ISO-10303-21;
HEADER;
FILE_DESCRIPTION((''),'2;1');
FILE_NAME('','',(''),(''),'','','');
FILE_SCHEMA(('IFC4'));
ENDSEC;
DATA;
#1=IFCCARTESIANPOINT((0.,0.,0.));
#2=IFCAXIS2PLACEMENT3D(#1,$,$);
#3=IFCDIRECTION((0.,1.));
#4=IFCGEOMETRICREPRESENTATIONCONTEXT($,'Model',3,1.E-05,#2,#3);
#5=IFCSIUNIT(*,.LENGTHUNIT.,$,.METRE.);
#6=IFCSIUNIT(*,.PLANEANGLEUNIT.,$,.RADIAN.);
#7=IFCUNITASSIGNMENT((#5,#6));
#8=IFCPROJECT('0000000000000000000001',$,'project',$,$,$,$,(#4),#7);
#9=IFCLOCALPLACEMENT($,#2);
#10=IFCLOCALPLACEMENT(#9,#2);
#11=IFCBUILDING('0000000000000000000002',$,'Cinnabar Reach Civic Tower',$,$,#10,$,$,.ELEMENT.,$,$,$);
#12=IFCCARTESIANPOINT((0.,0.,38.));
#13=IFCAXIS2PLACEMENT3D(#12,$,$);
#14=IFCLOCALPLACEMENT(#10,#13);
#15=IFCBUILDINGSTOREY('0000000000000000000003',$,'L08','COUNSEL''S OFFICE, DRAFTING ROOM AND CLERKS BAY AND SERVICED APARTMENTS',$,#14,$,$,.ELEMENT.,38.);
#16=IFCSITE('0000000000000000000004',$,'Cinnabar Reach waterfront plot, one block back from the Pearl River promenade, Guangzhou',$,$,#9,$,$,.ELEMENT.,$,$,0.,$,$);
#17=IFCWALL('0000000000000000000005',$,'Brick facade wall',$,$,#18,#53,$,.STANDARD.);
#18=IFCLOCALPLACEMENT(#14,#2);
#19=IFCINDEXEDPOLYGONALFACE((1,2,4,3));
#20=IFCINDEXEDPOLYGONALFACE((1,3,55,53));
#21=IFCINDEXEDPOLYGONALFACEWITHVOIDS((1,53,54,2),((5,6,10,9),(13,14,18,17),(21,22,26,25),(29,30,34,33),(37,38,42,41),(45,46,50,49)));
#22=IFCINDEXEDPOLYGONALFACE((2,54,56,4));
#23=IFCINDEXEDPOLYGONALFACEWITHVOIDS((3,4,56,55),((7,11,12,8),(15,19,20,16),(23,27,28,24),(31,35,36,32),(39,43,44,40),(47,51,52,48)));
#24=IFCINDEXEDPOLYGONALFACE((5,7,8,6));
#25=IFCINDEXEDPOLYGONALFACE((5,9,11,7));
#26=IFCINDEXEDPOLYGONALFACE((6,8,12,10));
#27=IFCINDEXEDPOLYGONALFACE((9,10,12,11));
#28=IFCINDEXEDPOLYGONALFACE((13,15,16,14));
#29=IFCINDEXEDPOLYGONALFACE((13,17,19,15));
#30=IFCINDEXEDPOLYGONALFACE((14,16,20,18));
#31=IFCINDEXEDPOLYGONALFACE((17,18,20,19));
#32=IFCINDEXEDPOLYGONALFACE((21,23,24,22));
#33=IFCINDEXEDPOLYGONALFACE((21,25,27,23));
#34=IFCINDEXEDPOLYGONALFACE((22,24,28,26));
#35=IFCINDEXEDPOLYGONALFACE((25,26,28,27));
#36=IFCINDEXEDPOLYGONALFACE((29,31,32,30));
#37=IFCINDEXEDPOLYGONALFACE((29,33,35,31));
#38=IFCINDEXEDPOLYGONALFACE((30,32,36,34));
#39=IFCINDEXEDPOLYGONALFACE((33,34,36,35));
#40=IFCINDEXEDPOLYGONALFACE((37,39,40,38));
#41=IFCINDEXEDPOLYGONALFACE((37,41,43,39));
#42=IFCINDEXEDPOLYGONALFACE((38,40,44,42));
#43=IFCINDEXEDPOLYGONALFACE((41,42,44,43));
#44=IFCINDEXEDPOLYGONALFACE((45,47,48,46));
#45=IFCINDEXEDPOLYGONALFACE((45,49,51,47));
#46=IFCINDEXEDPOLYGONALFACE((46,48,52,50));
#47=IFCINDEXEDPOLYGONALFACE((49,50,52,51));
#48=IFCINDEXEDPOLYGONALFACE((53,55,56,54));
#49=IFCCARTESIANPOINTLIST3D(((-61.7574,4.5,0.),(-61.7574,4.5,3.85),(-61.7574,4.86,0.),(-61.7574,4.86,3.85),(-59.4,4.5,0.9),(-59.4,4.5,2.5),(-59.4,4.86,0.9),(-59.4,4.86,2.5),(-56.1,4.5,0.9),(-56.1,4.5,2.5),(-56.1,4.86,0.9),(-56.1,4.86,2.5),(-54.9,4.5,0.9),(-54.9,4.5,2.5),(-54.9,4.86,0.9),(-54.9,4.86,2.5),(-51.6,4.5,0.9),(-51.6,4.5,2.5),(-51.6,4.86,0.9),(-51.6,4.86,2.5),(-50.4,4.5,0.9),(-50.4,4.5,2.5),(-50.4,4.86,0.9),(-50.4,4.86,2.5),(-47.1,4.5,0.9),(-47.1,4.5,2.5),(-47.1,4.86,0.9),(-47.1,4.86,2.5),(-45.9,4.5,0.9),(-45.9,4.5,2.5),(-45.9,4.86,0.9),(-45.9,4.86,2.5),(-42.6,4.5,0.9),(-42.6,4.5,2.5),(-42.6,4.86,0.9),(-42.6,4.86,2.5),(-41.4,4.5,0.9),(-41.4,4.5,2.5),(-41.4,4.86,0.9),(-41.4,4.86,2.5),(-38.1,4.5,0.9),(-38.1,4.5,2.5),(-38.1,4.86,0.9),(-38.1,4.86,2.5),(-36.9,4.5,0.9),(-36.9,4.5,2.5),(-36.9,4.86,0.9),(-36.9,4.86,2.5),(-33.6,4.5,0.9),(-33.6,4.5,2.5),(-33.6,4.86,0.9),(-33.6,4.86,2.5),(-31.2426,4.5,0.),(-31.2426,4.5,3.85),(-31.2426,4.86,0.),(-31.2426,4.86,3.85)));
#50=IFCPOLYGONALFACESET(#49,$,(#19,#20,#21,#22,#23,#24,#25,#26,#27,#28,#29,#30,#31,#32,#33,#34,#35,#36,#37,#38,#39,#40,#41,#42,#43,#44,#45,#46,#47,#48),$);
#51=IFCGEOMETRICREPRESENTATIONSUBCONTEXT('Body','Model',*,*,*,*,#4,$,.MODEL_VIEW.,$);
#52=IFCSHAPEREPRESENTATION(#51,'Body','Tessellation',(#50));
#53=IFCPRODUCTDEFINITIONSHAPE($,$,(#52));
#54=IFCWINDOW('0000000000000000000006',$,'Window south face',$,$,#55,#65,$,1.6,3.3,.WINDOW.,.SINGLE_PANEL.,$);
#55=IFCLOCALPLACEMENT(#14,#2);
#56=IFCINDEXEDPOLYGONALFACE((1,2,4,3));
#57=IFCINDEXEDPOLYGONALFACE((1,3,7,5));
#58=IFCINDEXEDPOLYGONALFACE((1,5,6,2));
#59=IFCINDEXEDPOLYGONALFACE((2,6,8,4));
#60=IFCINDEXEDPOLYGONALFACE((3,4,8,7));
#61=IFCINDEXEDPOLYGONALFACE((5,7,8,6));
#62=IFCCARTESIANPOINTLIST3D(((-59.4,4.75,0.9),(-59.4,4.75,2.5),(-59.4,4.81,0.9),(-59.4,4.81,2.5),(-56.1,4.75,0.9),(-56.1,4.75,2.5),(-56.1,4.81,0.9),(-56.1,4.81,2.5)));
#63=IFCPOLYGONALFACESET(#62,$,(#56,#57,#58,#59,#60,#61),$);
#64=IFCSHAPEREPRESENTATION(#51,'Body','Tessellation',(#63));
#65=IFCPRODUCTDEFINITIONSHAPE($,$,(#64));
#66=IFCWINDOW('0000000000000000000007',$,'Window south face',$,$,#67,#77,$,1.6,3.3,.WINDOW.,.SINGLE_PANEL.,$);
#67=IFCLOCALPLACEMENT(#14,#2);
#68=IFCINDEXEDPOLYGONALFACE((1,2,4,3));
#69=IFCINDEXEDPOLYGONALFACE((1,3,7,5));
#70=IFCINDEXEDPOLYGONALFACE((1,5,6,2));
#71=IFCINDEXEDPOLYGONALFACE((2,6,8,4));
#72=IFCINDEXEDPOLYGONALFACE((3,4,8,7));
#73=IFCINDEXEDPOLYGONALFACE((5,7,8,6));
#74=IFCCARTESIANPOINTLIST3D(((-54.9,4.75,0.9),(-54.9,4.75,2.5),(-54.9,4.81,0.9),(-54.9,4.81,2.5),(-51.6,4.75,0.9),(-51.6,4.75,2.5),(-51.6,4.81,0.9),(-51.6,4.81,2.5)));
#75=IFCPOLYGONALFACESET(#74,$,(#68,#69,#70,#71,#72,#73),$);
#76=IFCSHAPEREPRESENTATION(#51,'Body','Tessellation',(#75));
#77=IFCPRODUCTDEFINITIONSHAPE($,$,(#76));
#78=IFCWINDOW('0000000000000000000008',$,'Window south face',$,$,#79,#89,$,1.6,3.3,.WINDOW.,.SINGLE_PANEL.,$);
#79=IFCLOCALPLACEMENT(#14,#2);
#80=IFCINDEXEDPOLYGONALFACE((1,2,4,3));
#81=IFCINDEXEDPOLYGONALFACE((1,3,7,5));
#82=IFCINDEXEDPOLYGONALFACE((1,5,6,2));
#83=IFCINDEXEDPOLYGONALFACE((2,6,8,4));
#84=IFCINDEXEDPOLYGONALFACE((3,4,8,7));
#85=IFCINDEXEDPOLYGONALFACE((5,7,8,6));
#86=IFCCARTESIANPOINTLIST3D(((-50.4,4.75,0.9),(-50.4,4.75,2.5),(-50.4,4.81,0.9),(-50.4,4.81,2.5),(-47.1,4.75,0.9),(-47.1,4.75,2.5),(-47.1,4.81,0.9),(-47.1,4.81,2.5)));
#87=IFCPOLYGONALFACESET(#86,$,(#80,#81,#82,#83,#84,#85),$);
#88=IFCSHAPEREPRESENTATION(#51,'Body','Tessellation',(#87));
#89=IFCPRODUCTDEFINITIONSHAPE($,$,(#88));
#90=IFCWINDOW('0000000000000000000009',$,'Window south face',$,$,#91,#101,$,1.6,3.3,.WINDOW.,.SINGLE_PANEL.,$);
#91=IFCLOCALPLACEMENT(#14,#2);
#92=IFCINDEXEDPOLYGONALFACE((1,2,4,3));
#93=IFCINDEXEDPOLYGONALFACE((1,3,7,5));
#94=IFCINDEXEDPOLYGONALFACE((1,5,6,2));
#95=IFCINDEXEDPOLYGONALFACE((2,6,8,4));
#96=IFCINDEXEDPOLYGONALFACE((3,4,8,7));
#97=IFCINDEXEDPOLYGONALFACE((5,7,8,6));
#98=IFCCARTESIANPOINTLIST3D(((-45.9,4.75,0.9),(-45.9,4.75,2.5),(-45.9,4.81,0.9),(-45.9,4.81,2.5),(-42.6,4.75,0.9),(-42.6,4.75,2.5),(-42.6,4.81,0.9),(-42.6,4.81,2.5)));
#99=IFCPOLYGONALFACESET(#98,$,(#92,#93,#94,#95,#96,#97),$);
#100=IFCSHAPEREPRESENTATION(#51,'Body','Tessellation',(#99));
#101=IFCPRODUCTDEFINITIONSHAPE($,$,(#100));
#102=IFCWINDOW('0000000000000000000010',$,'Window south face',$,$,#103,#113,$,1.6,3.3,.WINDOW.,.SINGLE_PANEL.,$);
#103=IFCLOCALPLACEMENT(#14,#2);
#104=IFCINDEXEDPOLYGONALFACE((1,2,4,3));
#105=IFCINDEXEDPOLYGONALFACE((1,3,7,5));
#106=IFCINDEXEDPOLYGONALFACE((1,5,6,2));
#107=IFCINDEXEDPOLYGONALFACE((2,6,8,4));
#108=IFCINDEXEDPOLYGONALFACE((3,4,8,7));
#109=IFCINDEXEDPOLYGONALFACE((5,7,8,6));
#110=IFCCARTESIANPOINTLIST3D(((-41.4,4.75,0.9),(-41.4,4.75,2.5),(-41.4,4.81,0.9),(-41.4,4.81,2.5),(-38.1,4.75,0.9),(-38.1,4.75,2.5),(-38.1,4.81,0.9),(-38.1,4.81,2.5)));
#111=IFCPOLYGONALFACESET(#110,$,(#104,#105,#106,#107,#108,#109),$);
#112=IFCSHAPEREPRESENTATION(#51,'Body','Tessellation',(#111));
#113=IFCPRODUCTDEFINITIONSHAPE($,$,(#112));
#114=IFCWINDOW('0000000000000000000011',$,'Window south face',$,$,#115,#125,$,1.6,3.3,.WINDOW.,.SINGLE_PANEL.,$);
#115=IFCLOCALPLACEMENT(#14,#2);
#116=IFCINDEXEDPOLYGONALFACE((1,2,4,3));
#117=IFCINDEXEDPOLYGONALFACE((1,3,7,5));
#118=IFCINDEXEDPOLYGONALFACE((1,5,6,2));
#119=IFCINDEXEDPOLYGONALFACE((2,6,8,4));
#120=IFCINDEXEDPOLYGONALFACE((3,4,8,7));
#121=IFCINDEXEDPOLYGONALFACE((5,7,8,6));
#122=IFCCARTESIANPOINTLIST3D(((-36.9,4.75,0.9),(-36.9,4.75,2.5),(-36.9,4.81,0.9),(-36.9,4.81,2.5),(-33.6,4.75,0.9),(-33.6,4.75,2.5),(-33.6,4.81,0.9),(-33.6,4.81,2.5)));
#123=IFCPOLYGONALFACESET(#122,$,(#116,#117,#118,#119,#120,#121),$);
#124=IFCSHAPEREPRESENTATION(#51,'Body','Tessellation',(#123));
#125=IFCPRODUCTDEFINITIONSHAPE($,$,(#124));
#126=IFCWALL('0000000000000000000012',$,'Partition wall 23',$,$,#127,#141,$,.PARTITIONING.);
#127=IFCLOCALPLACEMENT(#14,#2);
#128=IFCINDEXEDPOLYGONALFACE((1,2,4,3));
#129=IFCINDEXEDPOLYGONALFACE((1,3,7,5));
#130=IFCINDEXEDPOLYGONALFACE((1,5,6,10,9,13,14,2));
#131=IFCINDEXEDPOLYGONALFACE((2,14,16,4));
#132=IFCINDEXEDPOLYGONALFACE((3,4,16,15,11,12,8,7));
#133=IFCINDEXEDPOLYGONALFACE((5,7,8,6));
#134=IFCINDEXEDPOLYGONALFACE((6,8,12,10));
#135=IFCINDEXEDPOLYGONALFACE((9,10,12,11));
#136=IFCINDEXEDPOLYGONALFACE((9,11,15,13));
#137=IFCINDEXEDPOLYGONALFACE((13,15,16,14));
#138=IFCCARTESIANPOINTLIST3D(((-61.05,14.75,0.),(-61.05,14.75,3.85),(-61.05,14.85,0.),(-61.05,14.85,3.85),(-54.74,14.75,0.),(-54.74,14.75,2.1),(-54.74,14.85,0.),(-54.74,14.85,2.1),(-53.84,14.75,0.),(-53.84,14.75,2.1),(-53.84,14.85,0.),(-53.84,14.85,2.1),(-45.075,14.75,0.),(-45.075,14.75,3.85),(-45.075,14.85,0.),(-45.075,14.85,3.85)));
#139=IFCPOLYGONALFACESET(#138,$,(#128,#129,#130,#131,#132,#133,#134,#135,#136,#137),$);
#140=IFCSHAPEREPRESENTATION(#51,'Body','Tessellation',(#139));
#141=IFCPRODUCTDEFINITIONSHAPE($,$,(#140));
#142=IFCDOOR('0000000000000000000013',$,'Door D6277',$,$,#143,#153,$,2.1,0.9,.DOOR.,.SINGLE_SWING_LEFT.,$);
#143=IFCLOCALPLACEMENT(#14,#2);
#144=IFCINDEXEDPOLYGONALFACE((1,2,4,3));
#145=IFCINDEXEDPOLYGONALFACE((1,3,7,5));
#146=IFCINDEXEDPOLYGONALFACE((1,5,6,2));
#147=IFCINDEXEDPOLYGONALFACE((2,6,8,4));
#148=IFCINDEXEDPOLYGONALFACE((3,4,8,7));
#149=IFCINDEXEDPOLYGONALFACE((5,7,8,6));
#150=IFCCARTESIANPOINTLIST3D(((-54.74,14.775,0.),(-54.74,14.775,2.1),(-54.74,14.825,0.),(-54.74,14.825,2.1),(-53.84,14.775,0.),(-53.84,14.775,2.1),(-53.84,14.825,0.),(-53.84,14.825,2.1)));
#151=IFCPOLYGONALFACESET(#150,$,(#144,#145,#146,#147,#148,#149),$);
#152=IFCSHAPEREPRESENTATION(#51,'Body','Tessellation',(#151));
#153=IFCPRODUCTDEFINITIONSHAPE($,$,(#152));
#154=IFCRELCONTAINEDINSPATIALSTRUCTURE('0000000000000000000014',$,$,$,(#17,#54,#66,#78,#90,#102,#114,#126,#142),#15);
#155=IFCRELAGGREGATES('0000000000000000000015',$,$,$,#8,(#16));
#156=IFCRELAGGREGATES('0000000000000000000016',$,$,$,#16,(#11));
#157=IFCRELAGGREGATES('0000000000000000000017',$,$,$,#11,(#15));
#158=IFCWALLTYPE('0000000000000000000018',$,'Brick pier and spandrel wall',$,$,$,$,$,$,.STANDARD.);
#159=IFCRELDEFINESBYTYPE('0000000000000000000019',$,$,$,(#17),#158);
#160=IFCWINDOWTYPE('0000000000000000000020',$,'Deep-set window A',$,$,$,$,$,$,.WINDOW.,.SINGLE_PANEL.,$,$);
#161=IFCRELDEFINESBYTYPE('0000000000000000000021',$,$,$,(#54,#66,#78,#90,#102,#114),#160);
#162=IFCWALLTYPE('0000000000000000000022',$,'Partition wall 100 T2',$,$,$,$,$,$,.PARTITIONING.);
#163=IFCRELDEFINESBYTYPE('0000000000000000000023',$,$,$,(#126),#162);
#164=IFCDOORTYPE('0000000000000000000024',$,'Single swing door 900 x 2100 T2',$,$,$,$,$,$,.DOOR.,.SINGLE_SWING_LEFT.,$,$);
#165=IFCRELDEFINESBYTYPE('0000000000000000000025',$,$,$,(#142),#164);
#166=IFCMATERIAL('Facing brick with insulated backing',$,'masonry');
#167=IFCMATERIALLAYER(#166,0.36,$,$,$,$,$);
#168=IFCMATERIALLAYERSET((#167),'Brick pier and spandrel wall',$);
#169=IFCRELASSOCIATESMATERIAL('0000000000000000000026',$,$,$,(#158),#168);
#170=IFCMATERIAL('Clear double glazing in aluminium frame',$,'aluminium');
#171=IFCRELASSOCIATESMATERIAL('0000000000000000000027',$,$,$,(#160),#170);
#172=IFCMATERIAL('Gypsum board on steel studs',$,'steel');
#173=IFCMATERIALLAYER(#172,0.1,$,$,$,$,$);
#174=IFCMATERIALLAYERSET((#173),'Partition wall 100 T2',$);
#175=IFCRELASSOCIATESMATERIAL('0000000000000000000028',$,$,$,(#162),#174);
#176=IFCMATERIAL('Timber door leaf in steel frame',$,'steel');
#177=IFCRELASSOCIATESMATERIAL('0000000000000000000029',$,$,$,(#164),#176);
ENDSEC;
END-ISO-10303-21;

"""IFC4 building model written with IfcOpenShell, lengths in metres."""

from ifc_helpers import new_model, si_unit, direction, frame, frame_2d, origin, place, context, subcontext, project, spatial, rectangle, extrude, material, layer, layer_set, type_object, element, fill, save


model = new_model("IFC4")

# Units and contexts
model_context = context("Model", 3, precision=1e-05, world=origin(), true_north=direction((0.0, 1.0)))
body_context = subcontext(model_context, "Body", "Model", "MODEL_VIEW")
ifc_project = project(units=[si_unit("LENGTHUNIT", "METRE"), si_unit("PLANEANGLEUNIT", "RADIAN")], contexts=[model_context])

# Site, building, storey
site_placement = place(None, origin())
site = spatial("IfcSite", under=ifc_project, at=site_placement, Name="Cinnabar Reach waterfront plot, one block back from the Pearl River promenade, Guangzhou", CompositionType="ELEMENT", RefElevation=0.0)
building_placement = place(site_placement, origin())
building = spatial("IfcBuilding", under=site, at=building_placement, Name="Cinnabar Reach Civic Tower", CompositionType="ELEMENT")
storey_placement = place(building_placement, frame((0.0, 0.0, 38.0)))
storey = spatial("IfcBuildingStorey", under=building, at=storey_placement, Name="L08", Description="COUNSEL'S OFFICE, DRAFTING ROOM AND CLERKS BAY AND SERVICED APARTMENTS", CompositionType="ELEMENT", Elevation=38.0)

# Wall, openings, windows
ifc_material_1 = material(Name="Facing brick with insulated backing", Category="masonry")
ifc_layer_1 = layer(ifc_material_1, 0.36)
ifc_layer_set_1 = layer_set([ifc_layer_1], Name="Brick pier and spandrel wall")
wall_type_1 = type_object("IfcWallType", Name="Brick pier and spandrel wall", PredefinedType="STANDARD", material=ifc_layer_set_1)
wall_1_placement = place(storey_placement, frame((-61.7574, 4.68, 0.0), z_axis=(0.0, 0.0, 1.0), x_axis=(1.0, 0.0, 0.0)))
wall_1 = element("IfcWall", 1, at=wall_1_placement, inside=storey, type_object=wall_type_1, Name="Brick facade wall", PredefinedType="STANDARD", context=body_context, shape_type="SweptSolid", body=[
    extrude(rectangle(XDim=30.5148, YDim=0.36, at=frame_2d((15.2574, 0.0))), origin(), (0.0, 0.0, 1.0), 3.85),
])
opening_1_placement = place(wall_1_placement, frame((2.3574, 0.0, 0.9)))
opening_1 = element("IfcOpeningElement", 2, at=opening_1_placement, cuts=wall_1, PredefinedType="OPENING", context=body_context, shape_type="SweptSolid", body=[
    extrude(rectangle(XDim=3.3, YDim=1.6, at=frame_2d((1.65, 0.8))), frame((0.0, 0.19, 0.0), z_axis=(0.0, -1.0, 0.0), x_axis=(1.0, 0.0, 0.0)), (0.0, 0.0, 1.0), 0.38),
])
opening_2_placement = place(wall_1_placement, frame((6.8574, 0.0, 0.9)))
opening_2 = element("IfcOpeningElement", 3, at=opening_2_placement, cuts=wall_1, PredefinedType="OPENING", context=body_context, shape_type="SweptSolid", body=[
    extrude(rectangle(XDim=3.3, YDim=1.6, at=frame_2d((1.65, 0.8))), frame((0.0, 0.19, 0.0), z_axis=(0.0, -1.0, 0.0), x_axis=(1.0, 0.0, 0.0)), (0.0, 0.0, 1.0), 0.38),
])
opening_3_placement = place(wall_1_placement, frame((11.3574, 0.0, 0.9)))
opening_3 = element("IfcOpeningElement", 4, at=opening_3_placement, cuts=wall_1, PredefinedType="OPENING", context=body_context, shape_type="SweptSolid", body=[
    extrude(rectangle(XDim=3.3, YDim=1.6, at=frame_2d((1.65, 0.8))), frame((0.0, 0.19, 0.0), z_axis=(0.0, -1.0, 0.0), x_axis=(1.0, 0.0, 0.0)), (0.0, 0.0, 1.0), 0.38),
])
opening_4_placement = place(wall_1_placement, frame((15.8574, 0.0, 0.9)))
opening_4 = element("IfcOpeningElement", 5, at=opening_4_placement, cuts=wall_1, PredefinedType="OPENING", context=body_context, shape_type="SweptSolid", body=[
    extrude(rectangle(XDim=3.3, YDim=1.6, at=frame_2d((1.65, 0.8))), frame((0.0, 0.19, 0.0), z_axis=(0.0, -1.0, 0.0), x_axis=(1.0, 0.0, 0.0)), (0.0, 0.0, 1.0), 0.38),
])
opening_5_placement = place(wall_1_placement, frame((20.3574, 0.0, 0.9)))
opening_5 = element("IfcOpeningElement", 6, at=opening_5_placement, cuts=wall_1, PredefinedType="OPENING", context=body_context, shape_type="SweptSolid", body=[
    extrude(rectangle(XDim=3.3, YDim=1.6, at=frame_2d((1.65, 0.8))), frame((0.0, 0.19, 0.0), z_axis=(0.0, -1.0, 0.0), x_axis=(1.0, 0.0, 0.0)), (0.0, 0.0, 1.0), 0.38),
])
opening_6_placement = place(wall_1_placement, frame((24.8574, 0.0, 0.9)))
opening_6 = element("IfcOpeningElement", 7, at=opening_6_placement, cuts=wall_1, PredefinedType="OPENING", context=body_context, shape_type="SweptSolid", body=[
    extrude(rectangle(XDim=3.3, YDim=1.6, at=frame_2d((1.65, 0.8))), frame((0.0, 0.19, 0.0), z_axis=(0.0, -1.0, 0.0), x_axis=(1.0, 0.0, 0.0)), (0.0, 0.0, 1.0), 0.38),
])
ifc_material_2 = material(Name="Clear double glazing in aluminium frame", Category="aluminium")
window_type = type_object("IfcWindowType", Name="Deep-set window A", PartitioningType="SINGLE_PANEL", PredefinedType="WINDOW", material=ifc_material_2)
window_1_placement = place(opening_1_placement, origin())
window_1 = element("IfcWindow", 8, at=window_1_placement, inside=storey, type_object=window_type, Name="Window south face", OverallHeight=1.6, OverallWidth=3.3, PartitioningType="SINGLE_PANEL", PredefinedType="WINDOW", context=body_context, shape_type="SweptSolid", body=[
    extrude(rectangle(XDim=3.3, YDim=1.6, at=frame_2d((1.65, 0.8))), frame((0.0, 0.13, 0.0), z_axis=(0.0, -1.0, 0.0), x_axis=(1.0, 0.0, 0.0)), (0.0, 0.0, 1.0), 0.06),
])
fill(opening_1, window_1)
window_2_placement = place(opening_2_placement, origin())
window_2 = element("IfcWindow", 9, at=window_2_placement, inside=storey, type_object=window_type, Name="Window south face", OverallHeight=1.6, OverallWidth=3.3, PartitioningType="SINGLE_PANEL", PredefinedType="WINDOW", context=body_context, shape_type="SweptSolid", body=[
    extrude(rectangle(XDim=3.3, YDim=1.6, at=frame_2d((1.65, 0.8))), frame((0.0, 0.13, 0.0), z_axis=(0.0, -1.0, 0.0), x_axis=(1.0, 0.0, 0.0)), (0.0, 0.0, 1.0), 0.06),
])
fill(opening_2, window_2)
window_3_placement = place(opening_3_placement, origin())
window_3 = element("IfcWindow", 10, at=window_3_placement, inside=storey, type_object=window_type, Name="Window south face", OverallHeight=1.6, OverallWidth=3.3, PartitioningType="SINGLE_PANEL", PredefinedType="WINDOW", context=body_context, shape_type="SweptSolid", body=[
    extrude(rectangle(XDim=3.3, YDim=1.6, at=frame_2d((1.65, 0.8))), frame((0.0, 0.13, 0.0), z_axis=(0.0, -1.0, 0.0), x_axis=(1.0, 0.0, 0.0)), (0.0, 0.0, 1.0), 0.06),
])
fill(opening_3, window_3)
window_4_placement = place(opening_4_placement, origin())
window_4 = element("IfcWindow", 11, at=window_4_placement, inside=storey, type_object=window_type, Name="Window south face", OverallHeight=1.6, OverallWidth=3.3, PartitioningType="SINGLE_PANEL", PredefinedType="WINDOW", context=body_context, shape_type="SweptSolid", body=[
    extrude(rectangle(XDim=3.3, YDim=1.6, at=frame_2d((1.65, 0.8))), frame((0.0, 0.13, 0.0), z_axis=(0.0, -1.0, 0.0), x_axis=(1.0, 0.0, 0.0)), (0.0, 0.0, 1.0), 0.06),
])
fill(opening_4, window_4)
window_5_placement = place(opening_5_placement, origin())
window_5 = element("IfcWindow", 12, at=window_5_placement, inside=storey, type_object=window_type, Name="Window south face", OverallHeight=1.6, OverallWidth=3.3, PartitioningType="SINGLE_PANEL", PredefinedType="WINDOW", context=body_context, shape_type="SweptSolid", body=[
    extrude(rectangle(XDim=3.3, YDim=1.6, at=frame_2d((1.65, 0.8))), frame((0.0, 0.13, 0.0), z_axis=(0.0, -1.0, 0.0), x_axis=(1.0, 0.0, 0.0)), (0.0, 0.0, 1.0), 0.06),
])
fill(opening_5, window_5)
window_6_placement = place(opening_6_placement, origin())
window_6 = element("IfcWindow", 13, at=window_6_placement, inside=storey, type_object=window_type, Name="Window south face", OverallHeight=1.6, OverallWidth=3.3, PartitioningType="SINGLE_PANEL", PredefinedType="WINDOW", context=body_context, shape_type="SweptSolid", body=[
    extrude(rectangle(XDim=3.3, YDim=1.6, at=frame_2d((1.65, 0.8))), frame((0.0, 0.13, 0.0), z_axis=(0.0, -1.0, 0.0), x_axis=(1.0, 0.0, 0.0)), (0.0, 0.0, 1.0), 0.06),
])
fill(opening_6, window_6)

# Wall, opening, door
ifc_material_3 = material(Name="Gypsum board on steel studs", Category="steel")
ifc_layer_2 = layer(ifc_material_3, 0.1)
ifc_layer_set_2 = layer_set([ifc_layer_2], Name="Partition wall 100 T2")
wall_type_2 = type_object("IfcWallType", Name="Partition wall 100 T2", PredefinedType="PARTITIONING", material=ifc_layer_set_2)
wall_2_placement = place(storey_placement, frame((-61.05, 14.8, 0.0), z_axis=(0.0, 0.0, 1.0), x_axis=(1.0, 0.0, 0.0)))
wall_2 = element("IfcWall", 14, at=wall_2_placement, inside=storey, type_object=wall_type_2, Name="Partition wall 23", PredefinedType="PARTITIONING", context=body_context, shape_type="SweptSolid", body=[
    extrude(rectangle(XDim=15.975, YDim=0.1, at=frame_2d((7.9875, 0.0))), origin(), (0.0, 0.0, 1.0), 3.85),
])
opening_7_placement = place(wall_2_placement, frame((6.31, 0.0, 0.0)))
opening_7 = element("IfcOpeningElement", 15, at=opening_7_placement, cuts=wall_2, PredefinedType="OPENING", context=body_context, shape_type="SweptSolid", body=[
    extrude(rectangle(XDim=0.9, YDim=2.1, at=frame_2d((0.45, 1.05))), frame((0.0, 0.06, 0.0), z_axis=(0.0, -1.0, 0.0), x_axis=(1.0, 0.0, 0.0)), (0.0, 0.0, 1.0), 0.12),
])
ifc_material_4 = material(Name="Timber door leaf in steel frame", Category="steel")
door_type = type_object("IfcDoorType", Name="Single swing door 900 x 2100 T2", OperationType="SINGLE_SWING_LEFT", PredefinedType="DOOR", material=ifc_material_4)
door_1_placement = place(opening_7_placement, origin())
door_1 = element("IfcDoor", 16, at=door_1_placement, inside=storey, type_object=door_type, Name="Door D6277", OperationType="SINGLE_SWING_LEFT", OverallHeight=2.1, OverallWidth=0.9, PredefinedType="DOOR", context=body_context, shape_type="SweptSolid", body=[
    extrude(rectangle(XDim=0.9, YDim=2.1, at=frame_2d((0.45, 1.05))), frame((0.0, 0.025, 0.0), z_axis=(0.0, -1.0, 0.0), x_axis=(1.0, 0.0, 0.0)), (0.0, 0.0, 1.0), 0.05),
])
fill(opening_7, door_1)

save(model, "model.ifc")
